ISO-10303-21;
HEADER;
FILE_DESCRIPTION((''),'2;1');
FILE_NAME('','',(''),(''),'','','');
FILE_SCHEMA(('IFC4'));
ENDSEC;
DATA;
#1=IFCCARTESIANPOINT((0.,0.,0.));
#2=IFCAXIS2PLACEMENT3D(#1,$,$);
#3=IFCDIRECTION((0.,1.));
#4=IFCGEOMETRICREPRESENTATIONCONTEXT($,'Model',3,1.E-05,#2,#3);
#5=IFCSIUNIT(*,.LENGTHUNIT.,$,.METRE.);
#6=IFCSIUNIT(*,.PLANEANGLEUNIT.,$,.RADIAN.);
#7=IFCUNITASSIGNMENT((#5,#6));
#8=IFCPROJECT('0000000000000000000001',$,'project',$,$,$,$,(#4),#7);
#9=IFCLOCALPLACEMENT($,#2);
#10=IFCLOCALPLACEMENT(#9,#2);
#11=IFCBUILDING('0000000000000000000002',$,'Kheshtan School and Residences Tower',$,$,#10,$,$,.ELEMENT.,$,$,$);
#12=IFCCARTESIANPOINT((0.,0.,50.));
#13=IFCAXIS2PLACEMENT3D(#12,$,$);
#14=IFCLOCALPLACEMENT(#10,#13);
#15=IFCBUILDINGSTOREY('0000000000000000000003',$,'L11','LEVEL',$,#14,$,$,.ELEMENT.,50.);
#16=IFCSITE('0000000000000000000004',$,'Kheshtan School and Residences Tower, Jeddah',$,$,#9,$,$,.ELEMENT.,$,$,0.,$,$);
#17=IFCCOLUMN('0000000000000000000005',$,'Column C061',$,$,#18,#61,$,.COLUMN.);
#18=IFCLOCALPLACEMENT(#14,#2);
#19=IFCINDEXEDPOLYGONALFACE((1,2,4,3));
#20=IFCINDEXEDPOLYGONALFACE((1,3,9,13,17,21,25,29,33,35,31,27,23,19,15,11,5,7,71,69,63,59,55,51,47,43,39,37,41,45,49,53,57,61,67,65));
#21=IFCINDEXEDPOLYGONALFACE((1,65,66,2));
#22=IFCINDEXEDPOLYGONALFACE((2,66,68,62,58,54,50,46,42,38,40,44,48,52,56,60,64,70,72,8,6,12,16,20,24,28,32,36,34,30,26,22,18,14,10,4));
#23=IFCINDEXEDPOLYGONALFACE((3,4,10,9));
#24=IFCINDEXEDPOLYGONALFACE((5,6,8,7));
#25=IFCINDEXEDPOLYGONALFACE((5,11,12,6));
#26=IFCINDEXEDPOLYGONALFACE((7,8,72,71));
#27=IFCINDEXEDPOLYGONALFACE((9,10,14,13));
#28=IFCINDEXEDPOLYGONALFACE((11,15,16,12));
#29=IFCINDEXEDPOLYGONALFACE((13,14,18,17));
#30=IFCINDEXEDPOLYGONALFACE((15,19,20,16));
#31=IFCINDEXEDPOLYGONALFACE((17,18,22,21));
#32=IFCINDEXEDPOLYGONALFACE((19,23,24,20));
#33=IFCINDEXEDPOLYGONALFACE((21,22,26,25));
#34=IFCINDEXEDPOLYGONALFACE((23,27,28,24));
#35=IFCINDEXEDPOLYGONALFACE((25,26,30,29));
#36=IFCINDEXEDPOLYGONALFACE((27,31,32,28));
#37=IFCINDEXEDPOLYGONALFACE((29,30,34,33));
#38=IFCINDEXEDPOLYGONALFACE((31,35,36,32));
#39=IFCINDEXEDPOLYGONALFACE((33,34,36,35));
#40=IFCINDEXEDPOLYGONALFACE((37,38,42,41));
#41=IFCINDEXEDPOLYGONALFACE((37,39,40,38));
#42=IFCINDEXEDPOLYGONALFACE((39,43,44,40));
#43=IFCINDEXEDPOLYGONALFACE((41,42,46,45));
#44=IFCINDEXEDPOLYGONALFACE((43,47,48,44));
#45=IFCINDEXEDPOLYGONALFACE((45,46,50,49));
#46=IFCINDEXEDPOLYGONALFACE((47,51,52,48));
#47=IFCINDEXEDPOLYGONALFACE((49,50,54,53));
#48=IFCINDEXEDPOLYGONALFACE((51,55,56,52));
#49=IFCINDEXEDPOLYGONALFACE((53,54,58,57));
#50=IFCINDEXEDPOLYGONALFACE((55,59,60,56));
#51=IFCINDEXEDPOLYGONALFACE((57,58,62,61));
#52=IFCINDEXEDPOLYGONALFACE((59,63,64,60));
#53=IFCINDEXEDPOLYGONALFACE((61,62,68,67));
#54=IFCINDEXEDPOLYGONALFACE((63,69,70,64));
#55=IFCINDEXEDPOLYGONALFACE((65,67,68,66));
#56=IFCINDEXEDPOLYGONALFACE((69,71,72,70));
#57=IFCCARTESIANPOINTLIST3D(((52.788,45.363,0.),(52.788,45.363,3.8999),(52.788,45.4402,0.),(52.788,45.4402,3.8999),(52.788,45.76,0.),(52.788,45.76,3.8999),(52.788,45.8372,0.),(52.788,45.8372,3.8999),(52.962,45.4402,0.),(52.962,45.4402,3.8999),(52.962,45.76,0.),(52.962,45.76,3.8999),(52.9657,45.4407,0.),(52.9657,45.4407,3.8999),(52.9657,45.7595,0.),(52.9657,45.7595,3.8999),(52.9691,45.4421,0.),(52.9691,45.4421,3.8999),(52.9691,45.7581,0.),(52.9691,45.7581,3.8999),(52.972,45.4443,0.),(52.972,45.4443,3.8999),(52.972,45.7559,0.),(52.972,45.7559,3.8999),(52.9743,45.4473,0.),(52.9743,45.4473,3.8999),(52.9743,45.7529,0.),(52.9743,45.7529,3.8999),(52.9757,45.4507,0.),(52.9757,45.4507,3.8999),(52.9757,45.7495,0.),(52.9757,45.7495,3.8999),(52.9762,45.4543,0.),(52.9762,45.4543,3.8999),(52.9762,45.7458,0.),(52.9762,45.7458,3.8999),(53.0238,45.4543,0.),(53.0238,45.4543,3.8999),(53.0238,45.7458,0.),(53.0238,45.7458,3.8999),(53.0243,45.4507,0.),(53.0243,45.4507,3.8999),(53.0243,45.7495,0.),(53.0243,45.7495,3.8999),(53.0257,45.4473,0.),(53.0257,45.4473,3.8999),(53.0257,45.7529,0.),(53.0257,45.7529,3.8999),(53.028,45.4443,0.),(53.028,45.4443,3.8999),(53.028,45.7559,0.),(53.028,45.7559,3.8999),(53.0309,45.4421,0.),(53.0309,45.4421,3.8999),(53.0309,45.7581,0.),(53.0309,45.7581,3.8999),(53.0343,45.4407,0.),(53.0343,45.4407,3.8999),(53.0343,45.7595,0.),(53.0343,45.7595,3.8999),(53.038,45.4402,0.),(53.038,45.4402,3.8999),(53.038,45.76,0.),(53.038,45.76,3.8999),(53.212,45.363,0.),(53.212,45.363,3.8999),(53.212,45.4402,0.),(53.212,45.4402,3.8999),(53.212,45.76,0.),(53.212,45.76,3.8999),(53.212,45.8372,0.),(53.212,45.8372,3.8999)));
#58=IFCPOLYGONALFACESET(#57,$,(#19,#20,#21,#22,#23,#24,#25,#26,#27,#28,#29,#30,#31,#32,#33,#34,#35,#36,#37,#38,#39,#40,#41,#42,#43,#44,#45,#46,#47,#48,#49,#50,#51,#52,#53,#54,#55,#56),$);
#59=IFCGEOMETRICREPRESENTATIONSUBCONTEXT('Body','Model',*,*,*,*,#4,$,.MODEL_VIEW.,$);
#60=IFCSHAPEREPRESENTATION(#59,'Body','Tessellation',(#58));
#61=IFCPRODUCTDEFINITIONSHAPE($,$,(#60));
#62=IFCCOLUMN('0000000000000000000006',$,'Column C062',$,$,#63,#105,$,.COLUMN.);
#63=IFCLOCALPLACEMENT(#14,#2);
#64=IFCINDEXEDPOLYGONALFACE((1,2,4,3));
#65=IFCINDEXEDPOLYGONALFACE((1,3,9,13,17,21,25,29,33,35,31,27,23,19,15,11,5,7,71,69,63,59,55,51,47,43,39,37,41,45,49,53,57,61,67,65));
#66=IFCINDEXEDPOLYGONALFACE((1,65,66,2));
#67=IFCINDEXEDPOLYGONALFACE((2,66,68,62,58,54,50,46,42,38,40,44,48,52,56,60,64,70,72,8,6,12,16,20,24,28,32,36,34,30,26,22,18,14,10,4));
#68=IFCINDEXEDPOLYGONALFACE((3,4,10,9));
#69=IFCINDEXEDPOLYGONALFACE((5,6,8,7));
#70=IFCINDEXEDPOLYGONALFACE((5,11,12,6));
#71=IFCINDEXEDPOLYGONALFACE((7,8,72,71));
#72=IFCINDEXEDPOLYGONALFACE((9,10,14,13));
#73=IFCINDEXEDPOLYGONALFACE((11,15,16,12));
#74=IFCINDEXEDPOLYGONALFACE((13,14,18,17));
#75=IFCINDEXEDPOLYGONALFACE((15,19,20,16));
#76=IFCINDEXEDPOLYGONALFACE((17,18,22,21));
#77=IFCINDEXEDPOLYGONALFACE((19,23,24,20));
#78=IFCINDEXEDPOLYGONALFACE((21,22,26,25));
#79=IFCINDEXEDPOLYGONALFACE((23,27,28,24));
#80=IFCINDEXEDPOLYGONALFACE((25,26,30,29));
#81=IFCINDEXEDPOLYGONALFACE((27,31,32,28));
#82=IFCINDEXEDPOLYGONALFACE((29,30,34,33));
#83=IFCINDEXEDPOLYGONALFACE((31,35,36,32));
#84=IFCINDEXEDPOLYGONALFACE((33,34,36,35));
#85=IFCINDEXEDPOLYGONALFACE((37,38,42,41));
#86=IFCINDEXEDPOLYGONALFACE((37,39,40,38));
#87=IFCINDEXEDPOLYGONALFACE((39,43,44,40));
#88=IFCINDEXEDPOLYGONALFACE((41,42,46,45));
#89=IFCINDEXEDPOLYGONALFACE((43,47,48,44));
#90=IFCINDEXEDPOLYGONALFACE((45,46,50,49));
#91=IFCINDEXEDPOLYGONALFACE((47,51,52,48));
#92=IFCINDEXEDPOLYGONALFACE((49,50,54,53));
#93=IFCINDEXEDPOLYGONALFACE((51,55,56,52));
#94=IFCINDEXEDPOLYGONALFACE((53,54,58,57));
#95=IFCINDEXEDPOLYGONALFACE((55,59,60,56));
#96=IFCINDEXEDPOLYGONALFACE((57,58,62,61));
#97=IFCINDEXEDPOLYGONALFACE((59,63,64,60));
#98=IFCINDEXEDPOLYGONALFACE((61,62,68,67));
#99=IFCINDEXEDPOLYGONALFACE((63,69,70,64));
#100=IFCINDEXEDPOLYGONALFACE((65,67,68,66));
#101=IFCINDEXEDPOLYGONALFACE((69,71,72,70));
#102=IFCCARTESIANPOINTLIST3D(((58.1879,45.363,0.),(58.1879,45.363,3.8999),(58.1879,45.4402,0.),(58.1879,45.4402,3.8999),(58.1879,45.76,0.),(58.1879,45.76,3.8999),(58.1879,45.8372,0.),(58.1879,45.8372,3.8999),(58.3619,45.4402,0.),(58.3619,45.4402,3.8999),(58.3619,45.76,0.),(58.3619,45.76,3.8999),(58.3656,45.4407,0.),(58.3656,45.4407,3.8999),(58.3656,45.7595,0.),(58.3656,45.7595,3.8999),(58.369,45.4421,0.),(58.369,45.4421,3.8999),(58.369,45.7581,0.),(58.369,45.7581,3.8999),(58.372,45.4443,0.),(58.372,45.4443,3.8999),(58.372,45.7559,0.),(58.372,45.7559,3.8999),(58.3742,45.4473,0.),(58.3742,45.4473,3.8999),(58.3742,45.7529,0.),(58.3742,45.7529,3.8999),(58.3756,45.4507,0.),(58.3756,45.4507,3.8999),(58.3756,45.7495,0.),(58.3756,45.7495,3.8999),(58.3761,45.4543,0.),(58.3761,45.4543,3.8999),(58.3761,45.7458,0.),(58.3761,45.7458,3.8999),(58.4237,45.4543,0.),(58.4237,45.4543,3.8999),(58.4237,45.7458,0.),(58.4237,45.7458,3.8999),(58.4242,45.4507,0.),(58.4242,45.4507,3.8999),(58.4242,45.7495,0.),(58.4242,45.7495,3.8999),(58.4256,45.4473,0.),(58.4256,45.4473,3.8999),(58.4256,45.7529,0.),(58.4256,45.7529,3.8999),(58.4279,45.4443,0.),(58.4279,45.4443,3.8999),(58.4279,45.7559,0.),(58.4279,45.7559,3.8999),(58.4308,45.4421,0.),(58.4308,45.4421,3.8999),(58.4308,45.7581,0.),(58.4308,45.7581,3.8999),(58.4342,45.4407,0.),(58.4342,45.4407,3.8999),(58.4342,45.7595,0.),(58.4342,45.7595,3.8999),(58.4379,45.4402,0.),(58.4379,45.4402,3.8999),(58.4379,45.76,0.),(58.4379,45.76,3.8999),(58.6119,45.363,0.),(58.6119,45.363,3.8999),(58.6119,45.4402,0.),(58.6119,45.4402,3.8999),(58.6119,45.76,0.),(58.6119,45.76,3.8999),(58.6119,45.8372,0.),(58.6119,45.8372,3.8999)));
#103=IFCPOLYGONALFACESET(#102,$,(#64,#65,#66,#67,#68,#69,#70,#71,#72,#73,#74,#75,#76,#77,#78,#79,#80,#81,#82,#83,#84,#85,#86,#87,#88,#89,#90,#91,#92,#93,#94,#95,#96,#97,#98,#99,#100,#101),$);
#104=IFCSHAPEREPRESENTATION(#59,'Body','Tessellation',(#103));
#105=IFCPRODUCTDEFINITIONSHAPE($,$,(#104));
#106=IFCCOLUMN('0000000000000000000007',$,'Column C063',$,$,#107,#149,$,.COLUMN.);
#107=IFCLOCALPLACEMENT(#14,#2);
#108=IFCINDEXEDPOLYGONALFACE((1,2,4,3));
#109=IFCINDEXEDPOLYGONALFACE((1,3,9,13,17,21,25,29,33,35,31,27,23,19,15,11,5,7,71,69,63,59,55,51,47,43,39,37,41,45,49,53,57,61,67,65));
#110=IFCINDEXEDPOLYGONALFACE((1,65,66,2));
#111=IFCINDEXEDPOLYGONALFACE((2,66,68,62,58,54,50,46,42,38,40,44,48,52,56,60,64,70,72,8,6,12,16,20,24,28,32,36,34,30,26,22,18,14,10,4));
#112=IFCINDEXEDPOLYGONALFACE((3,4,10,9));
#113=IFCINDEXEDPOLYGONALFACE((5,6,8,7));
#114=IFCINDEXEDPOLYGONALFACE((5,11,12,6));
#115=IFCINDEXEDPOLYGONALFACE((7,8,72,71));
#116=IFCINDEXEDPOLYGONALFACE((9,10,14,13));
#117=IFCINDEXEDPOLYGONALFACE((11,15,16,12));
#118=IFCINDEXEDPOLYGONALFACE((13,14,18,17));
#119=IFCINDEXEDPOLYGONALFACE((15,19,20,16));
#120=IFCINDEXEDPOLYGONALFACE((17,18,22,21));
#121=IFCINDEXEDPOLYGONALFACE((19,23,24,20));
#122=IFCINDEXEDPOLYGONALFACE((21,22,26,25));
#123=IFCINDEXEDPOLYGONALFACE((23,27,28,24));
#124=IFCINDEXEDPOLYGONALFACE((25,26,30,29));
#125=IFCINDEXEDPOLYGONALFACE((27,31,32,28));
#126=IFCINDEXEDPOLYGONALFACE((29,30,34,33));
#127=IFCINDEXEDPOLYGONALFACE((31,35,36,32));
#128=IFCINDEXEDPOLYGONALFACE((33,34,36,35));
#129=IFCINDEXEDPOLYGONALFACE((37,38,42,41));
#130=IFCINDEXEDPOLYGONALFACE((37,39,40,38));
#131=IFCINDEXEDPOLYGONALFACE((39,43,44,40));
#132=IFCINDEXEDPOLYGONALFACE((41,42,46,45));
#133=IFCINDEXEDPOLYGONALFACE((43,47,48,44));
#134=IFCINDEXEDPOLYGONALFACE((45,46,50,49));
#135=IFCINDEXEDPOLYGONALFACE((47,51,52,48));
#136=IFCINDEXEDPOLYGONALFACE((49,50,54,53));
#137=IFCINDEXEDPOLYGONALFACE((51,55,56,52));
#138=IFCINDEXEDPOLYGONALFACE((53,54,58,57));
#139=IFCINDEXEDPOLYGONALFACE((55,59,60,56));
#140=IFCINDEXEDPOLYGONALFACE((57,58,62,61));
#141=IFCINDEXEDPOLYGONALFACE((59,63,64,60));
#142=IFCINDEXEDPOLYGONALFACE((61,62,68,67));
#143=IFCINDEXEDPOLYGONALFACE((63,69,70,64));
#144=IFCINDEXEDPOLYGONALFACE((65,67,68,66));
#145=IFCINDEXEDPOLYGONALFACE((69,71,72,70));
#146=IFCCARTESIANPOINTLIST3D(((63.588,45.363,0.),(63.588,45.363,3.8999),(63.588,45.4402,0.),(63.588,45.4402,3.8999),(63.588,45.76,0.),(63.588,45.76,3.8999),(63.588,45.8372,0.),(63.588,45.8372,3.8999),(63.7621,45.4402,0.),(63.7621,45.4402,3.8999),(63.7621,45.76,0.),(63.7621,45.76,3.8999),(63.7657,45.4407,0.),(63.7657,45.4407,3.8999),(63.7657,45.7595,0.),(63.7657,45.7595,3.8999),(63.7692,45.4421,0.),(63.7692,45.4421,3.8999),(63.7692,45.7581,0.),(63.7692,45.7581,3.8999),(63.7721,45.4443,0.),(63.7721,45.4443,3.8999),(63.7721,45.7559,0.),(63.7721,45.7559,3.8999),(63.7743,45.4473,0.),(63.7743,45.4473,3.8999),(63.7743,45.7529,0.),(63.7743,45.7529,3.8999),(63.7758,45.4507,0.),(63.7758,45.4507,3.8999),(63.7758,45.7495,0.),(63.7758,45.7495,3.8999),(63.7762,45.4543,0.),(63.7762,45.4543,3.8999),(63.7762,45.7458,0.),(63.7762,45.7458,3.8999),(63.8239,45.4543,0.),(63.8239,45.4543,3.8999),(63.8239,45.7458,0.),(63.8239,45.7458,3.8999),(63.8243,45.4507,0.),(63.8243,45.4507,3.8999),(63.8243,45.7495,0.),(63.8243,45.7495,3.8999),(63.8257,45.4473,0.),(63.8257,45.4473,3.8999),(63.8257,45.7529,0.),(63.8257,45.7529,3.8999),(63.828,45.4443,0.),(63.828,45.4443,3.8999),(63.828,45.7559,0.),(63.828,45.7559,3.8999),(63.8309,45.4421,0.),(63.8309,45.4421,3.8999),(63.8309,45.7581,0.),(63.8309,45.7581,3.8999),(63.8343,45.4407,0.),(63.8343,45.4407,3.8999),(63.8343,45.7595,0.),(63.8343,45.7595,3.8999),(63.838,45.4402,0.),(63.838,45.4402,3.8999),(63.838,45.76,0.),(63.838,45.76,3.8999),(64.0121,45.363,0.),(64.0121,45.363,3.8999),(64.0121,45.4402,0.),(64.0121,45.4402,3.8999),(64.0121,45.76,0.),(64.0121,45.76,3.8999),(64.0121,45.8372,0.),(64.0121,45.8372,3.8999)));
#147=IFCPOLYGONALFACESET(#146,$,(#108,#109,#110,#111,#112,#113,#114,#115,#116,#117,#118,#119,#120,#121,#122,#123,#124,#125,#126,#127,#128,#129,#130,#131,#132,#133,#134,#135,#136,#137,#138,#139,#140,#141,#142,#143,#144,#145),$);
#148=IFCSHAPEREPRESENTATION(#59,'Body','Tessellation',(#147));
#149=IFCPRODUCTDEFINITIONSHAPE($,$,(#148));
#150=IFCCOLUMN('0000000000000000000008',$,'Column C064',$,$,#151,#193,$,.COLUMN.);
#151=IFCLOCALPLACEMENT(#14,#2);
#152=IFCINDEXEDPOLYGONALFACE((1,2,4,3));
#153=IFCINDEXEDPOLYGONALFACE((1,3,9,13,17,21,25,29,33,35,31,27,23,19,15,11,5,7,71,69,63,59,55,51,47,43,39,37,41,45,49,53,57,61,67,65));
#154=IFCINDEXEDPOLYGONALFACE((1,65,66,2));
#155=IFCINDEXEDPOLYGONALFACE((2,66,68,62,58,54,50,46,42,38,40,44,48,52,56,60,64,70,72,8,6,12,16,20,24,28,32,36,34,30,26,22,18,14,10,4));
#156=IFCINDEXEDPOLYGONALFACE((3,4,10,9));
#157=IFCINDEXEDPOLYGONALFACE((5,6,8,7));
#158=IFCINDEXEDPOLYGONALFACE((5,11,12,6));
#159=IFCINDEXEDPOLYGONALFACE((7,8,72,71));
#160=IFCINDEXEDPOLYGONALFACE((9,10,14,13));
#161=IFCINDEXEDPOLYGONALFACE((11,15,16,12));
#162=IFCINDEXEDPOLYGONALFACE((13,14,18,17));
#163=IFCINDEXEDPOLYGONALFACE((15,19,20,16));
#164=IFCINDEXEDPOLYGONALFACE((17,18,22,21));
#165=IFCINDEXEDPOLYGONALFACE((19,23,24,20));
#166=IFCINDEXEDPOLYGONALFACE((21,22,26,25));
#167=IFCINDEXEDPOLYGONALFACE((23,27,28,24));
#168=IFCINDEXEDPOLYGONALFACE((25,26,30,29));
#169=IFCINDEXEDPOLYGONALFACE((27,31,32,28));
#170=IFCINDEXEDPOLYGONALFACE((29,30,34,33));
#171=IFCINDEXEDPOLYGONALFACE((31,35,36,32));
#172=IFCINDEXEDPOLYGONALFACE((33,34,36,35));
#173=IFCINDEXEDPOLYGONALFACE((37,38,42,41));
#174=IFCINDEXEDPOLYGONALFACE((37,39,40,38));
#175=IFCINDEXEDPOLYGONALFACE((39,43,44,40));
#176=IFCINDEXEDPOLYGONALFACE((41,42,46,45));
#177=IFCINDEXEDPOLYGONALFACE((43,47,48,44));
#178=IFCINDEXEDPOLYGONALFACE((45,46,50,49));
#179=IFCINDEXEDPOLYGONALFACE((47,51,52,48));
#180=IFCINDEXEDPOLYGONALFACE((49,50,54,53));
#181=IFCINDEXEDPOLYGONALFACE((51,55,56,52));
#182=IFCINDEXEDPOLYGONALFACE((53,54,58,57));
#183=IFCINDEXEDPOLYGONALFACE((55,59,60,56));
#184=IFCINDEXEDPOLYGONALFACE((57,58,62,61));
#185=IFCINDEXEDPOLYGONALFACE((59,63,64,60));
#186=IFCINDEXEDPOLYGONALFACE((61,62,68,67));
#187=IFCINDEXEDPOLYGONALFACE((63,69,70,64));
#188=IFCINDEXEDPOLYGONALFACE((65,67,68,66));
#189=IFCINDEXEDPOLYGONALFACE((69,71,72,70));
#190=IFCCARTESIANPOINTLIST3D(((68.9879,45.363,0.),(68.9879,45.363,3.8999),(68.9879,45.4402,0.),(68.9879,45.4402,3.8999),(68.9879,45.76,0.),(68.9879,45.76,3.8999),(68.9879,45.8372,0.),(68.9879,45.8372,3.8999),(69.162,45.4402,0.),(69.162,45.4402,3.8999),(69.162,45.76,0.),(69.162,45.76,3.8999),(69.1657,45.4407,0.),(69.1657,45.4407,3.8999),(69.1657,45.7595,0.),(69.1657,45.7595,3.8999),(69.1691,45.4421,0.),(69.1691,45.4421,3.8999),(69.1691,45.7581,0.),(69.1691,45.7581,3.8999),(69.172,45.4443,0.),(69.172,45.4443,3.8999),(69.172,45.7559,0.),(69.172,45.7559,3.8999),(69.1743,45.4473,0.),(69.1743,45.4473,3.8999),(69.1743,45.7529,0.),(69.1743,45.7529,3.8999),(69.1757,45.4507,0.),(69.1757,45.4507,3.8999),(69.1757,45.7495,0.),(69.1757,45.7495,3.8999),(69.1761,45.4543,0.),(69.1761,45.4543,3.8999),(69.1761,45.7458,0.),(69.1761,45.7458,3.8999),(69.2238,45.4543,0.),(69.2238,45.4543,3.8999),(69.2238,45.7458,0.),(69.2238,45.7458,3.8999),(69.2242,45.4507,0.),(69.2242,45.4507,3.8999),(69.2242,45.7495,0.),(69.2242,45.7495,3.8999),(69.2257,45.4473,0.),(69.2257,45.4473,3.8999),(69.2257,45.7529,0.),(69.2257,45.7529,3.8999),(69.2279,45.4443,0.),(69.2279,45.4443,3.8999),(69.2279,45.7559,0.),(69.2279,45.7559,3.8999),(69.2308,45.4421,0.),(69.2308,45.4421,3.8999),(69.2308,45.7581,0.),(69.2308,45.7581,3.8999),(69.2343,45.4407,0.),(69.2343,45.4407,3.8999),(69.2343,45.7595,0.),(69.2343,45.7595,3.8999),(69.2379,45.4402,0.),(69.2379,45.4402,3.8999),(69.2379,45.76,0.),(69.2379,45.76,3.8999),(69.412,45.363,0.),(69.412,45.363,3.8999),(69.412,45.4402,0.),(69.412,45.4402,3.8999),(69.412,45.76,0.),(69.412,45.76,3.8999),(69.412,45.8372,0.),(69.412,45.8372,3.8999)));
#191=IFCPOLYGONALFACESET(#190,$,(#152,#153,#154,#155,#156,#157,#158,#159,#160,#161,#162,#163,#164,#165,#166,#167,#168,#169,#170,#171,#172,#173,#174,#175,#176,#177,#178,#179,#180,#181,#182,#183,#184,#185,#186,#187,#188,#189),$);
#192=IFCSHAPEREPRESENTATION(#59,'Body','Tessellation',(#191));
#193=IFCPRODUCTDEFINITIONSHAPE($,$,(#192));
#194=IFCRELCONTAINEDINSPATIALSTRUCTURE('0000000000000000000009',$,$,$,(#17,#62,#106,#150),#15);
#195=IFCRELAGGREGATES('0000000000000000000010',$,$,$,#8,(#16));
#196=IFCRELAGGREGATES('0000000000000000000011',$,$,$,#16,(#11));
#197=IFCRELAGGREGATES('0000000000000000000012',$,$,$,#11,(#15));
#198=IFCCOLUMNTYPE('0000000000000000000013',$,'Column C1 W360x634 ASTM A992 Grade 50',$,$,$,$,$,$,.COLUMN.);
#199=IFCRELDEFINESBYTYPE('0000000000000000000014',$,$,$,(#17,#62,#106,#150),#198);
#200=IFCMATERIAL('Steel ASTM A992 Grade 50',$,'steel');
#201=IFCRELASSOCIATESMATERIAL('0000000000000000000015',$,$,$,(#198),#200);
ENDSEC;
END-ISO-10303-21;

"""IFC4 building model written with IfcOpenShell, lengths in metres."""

from ifc_helpers import new_model, si_unit, direction, frame, origin, origin_2d, place, context, subcontext, project, spatial, i_section, extrude, material, material_profile, profile_set, type_object, element, save


model = new_model("IFC4")

# Units and contexts
model_context = context("Model", 3, precision=1e-05, world=origin(), true_north=direction((0.0, 1.0)))
body_context = subcontext(model_context, "Body", "Model", "MODEL_VIEW")
ifc_project = project(units=[si_unit("LENGTHUNIT", "METRE"), si_unit("PLANEANGLEUNIT", "RADIAN")], contexts=[model_context])

# Site, building, storey
site_placement = place(None, origin())
site = spatial("IfcSite", under=ifc_project, at=site_placement, Name="Kheshtan School and Residences Tower, Jeddah", CompositionType="ELEMENT", RefElevation=0.0)
building_placement = place(site_placement, origin())
building = spatial("IfcBuilding", under=site, at=building_placement, Name="Kheshtan School and Residences Tower", CompositionType="ELEMENT")
storey_placement = place(building_placement, frame((0.0, 0.0, 50.0)))
storey = spatial("IfcBuildingStorey", under=building, at=storey_placement, Name="L11", Description="LEVEL", CompositionType="ELEMENT", Elevation=50.0)

# Columns
ifc_material_1 = material(Name="Steel ASTM A992 Grade 50", Category="steel")
ifc_material_profile_1 = material_profile(ifc_material_1, i_section(OverallWidth=0.4241, OverallDepth=0.4741, WebThickness=0.0476, FlangeThickness=0.0771, FilletRadius=0.0142, at=origin_2d()), Name="W360x634")
ifc_profile_set_1 = profile_set([ifc_material_profile_1], Name="Steel ASTM A992 Grade 50")
column_type = type_object("IfcColumnType", Name="Column C1 W360x634 ASTM A992 Grade 50", PredefinedType="COLUMN", material=ifc_profile_set_1)
for number, where, z_axis, x_axis, name in (
    (1, (53.0, 45.6001, 0.0), (0.0, 0.0, 1.0), (1.0, 0.0, 0.0), "Column C061"),
    (2, (58.3999, 45.6001, 0.0), (0.0, 0.0, 1.0), (1.0, 0.0, 0.0), "Column C062"),
    (3, (63.8, 45.6001, 0.0), (0.0, 0.0, 1.0), (1.0, 0.0, 0.0), "Column C063"),
    (4, (69.2, 45.6001, 0.0), (0.0, 0.0, 1.0), (1.0, 0.0, 0.0), "Column C064"),
):
    element("IfcColumn", number, at=place(storey_placement, frame(where, z_axis=z_axis, x_axis=x_axis)), inside=storey, type_object=column_type, Name=name, PredefinedType="COLUMN", context=body_context, shape_type="SweptSolid", body=[
        extrude(i_section(OverallWidth=0.4241, OverallDepth=0.4741, WebThickness=0.0476, FlangeThickness=0.0771, FilletRadius=0.0142, at=origin_2d()), origin(), (0.0, 0.0, 1.0), 3.8999),
    ])

save(model, "model.ifc")
